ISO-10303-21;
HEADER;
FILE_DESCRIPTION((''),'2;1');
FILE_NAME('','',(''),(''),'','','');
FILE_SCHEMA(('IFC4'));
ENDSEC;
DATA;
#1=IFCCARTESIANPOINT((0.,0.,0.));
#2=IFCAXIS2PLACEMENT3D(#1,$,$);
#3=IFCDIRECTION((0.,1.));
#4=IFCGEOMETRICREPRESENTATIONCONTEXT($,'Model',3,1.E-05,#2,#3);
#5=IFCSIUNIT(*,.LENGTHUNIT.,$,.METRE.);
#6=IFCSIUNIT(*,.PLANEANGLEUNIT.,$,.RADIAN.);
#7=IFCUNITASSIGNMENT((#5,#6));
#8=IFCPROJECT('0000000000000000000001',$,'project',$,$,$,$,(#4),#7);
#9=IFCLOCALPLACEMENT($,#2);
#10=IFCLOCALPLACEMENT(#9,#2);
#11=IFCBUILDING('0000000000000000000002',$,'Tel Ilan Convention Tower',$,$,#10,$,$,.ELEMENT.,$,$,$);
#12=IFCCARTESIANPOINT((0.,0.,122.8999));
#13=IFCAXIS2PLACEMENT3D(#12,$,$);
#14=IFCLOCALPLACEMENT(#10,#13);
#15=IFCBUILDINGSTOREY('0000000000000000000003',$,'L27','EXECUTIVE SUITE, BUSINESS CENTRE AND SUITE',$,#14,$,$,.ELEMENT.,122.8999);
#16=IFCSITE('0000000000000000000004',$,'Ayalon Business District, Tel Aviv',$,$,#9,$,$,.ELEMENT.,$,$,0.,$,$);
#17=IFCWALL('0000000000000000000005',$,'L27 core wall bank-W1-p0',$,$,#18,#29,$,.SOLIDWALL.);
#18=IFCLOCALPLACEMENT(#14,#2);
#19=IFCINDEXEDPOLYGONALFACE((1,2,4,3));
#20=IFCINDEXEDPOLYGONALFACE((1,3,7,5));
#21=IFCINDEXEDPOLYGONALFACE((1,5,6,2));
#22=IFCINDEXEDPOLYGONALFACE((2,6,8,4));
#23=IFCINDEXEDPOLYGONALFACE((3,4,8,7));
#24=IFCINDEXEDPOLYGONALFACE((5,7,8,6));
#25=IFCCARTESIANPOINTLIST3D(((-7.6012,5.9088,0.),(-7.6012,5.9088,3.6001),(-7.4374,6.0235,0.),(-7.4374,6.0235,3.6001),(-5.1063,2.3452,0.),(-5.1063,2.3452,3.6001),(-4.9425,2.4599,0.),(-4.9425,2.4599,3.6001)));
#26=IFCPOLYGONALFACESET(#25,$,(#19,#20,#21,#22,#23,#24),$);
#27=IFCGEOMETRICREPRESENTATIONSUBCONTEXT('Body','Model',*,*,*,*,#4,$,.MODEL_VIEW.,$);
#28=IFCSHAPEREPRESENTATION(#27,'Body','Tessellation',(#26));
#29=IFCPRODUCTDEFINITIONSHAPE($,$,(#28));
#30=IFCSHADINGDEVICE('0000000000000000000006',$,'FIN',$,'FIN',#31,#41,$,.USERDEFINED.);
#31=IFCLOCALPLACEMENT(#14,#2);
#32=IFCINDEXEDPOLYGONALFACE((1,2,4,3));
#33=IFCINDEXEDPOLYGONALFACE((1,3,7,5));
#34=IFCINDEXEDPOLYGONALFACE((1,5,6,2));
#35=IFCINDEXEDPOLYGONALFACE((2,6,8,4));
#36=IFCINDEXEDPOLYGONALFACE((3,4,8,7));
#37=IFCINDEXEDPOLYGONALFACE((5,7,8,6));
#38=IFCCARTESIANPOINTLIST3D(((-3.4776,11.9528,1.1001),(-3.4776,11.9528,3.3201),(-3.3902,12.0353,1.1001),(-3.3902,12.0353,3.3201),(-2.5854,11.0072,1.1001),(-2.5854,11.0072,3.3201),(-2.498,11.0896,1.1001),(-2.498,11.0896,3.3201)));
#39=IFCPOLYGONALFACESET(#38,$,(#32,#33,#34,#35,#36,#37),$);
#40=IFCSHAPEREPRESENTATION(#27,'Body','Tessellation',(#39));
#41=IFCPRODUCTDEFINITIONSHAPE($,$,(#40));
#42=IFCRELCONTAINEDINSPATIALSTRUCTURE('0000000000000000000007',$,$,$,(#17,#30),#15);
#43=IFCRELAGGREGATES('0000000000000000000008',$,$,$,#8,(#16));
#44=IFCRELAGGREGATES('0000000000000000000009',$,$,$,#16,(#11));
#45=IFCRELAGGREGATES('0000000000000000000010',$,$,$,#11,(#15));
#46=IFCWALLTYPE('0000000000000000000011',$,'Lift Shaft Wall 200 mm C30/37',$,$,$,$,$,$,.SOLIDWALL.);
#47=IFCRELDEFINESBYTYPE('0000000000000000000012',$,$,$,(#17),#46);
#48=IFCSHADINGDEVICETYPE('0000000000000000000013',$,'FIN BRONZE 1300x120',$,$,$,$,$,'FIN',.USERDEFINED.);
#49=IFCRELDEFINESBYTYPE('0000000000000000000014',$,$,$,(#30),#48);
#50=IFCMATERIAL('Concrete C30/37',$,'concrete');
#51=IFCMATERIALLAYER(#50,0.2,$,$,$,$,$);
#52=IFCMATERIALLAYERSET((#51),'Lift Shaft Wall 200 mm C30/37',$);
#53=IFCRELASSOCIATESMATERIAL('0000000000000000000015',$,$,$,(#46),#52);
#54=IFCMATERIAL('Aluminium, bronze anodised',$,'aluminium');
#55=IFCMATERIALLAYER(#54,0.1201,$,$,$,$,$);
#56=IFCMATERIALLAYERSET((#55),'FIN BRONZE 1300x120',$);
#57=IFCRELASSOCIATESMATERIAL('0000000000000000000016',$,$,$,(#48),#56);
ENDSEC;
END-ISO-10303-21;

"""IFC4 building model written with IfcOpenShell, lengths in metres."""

from ifc_helpers import new_model, si_unit, direction, frame, frame_2d, origin, origin_2d, place, context, subcontext, project, spatial, rectangle, extrude, material, layer, layer_set, type_object, element, save


model = new_model("IFC4")

# Units and contexts
model_context = context("Model", 3, precision=1e-05, world=origin(), true_north=direction((0.0, 1.0)))
body_context = subcontext(model_context, "Body", "Model", "MODEL_VIEW")
ifc_project = project(units=[si_unit("LENGTHUNIT", "METRE"), si_unit("PLANEANGLEUNIT", "RADIAN")], contexts=[model_context])

# Site, building, storey
site_placement = place(None, origin())
site = spatial("IfcSite", under=ifc_project, at=site_placement, Name="Ayalon Business District, Tel Aviv", CompositionType="ELEMENT", RefElevation=0.0)
building_placement = place(site_placement, origin())
building = spatial("IfcBuilding", under=site, at=building_placement, Name="Tel Ilan Convention Tower", CompositionType="ELEMENT")
storey_placement = place(building_placement, frame((0.0, 0.0, 122.8999)))
storey = spatial("IfcBuildingStorey", under=building, at=storey_placement, Name="L27", Description="EXECUTIVE SUITE, BUSINESS CENTRE AND SUITE", CompositionType="ELEMENT", Elevation=122.8999)

# Wall
ifc_material_1 = material(Name="Concrete C30/37", Category="concrete")
ifc_layer_1 = layer(ifc_material_1, 0.2)
ifc_layer_set_1 = layer_set([ifc_layer_1], Name="Lift Shaft Wall 200 mm C30/37")
wall_type_1 = type_object("IfcWallType", Name="Lift Shaft Wall 200 mm C30/37", PredefinedType="SOLIDWALL", material=ifc_layer_set_1)
wall_1_placement = place(storey_placement, frame((-5.0244, 2.4026, 0.0), z_axis=(0.0, 0.0, 1.0), x_axis=(-0.57353, 0.819184, 0.0)))
element("IfcWall", 1, at=wall_1_placement, inside=storey, type_object=wall_type_1, Name="L27 core wall bank-W1-p0", PredefinedType="SOLIDWALL", context=body_context, shape_type="SweptSolid", body=[
    extrude(rectangle(XDim=4.3501, YDim=0.2, at=frame_2d((2.175, 0.0))), origin(), (0.0, 0.0, 1.0), 3.6001),
])

# Shading device
ifc_material_2 = material(Name="Aluminium, bronze anodised", Category="aluminium")
ifc_layer_2 = layer(ifc_material_2, 0.1201)
ifc_layer_set_2 = layer_set([ifc_layer_2], Name="FIN BRONZE 1300x120")
shading_device_type = type_object("IfcShadingDeviceType", Name="FIN BRONZE 1300x120", ElementType="FIN", PredefinedType="USERDEFINED", material=ifc_layer_set_2)
shading_device_placement = place(storey_placement, frame((-2.9878, 11.5212, 1.1001), z_axis=(0.0, 0.0, 1.0), x_axis=(-0.686242, 0.727374, 0.0)))
element("IfcShadingDevice", 2, at=shading_device_placement, inside=storey, type_object=shading_device_type, Name="FIN", ObjectType="FIN", PredefinedType="USERDEFINED", context=body_context, shape_type="SweptSolid", body=[
    extrude(rectangle(XDim=1.3, YDim=0.1201, at=origin_2d()), origin(), (0.0, 0.0, 1.0), 2.22),
])

save(model, "model.ifc")
